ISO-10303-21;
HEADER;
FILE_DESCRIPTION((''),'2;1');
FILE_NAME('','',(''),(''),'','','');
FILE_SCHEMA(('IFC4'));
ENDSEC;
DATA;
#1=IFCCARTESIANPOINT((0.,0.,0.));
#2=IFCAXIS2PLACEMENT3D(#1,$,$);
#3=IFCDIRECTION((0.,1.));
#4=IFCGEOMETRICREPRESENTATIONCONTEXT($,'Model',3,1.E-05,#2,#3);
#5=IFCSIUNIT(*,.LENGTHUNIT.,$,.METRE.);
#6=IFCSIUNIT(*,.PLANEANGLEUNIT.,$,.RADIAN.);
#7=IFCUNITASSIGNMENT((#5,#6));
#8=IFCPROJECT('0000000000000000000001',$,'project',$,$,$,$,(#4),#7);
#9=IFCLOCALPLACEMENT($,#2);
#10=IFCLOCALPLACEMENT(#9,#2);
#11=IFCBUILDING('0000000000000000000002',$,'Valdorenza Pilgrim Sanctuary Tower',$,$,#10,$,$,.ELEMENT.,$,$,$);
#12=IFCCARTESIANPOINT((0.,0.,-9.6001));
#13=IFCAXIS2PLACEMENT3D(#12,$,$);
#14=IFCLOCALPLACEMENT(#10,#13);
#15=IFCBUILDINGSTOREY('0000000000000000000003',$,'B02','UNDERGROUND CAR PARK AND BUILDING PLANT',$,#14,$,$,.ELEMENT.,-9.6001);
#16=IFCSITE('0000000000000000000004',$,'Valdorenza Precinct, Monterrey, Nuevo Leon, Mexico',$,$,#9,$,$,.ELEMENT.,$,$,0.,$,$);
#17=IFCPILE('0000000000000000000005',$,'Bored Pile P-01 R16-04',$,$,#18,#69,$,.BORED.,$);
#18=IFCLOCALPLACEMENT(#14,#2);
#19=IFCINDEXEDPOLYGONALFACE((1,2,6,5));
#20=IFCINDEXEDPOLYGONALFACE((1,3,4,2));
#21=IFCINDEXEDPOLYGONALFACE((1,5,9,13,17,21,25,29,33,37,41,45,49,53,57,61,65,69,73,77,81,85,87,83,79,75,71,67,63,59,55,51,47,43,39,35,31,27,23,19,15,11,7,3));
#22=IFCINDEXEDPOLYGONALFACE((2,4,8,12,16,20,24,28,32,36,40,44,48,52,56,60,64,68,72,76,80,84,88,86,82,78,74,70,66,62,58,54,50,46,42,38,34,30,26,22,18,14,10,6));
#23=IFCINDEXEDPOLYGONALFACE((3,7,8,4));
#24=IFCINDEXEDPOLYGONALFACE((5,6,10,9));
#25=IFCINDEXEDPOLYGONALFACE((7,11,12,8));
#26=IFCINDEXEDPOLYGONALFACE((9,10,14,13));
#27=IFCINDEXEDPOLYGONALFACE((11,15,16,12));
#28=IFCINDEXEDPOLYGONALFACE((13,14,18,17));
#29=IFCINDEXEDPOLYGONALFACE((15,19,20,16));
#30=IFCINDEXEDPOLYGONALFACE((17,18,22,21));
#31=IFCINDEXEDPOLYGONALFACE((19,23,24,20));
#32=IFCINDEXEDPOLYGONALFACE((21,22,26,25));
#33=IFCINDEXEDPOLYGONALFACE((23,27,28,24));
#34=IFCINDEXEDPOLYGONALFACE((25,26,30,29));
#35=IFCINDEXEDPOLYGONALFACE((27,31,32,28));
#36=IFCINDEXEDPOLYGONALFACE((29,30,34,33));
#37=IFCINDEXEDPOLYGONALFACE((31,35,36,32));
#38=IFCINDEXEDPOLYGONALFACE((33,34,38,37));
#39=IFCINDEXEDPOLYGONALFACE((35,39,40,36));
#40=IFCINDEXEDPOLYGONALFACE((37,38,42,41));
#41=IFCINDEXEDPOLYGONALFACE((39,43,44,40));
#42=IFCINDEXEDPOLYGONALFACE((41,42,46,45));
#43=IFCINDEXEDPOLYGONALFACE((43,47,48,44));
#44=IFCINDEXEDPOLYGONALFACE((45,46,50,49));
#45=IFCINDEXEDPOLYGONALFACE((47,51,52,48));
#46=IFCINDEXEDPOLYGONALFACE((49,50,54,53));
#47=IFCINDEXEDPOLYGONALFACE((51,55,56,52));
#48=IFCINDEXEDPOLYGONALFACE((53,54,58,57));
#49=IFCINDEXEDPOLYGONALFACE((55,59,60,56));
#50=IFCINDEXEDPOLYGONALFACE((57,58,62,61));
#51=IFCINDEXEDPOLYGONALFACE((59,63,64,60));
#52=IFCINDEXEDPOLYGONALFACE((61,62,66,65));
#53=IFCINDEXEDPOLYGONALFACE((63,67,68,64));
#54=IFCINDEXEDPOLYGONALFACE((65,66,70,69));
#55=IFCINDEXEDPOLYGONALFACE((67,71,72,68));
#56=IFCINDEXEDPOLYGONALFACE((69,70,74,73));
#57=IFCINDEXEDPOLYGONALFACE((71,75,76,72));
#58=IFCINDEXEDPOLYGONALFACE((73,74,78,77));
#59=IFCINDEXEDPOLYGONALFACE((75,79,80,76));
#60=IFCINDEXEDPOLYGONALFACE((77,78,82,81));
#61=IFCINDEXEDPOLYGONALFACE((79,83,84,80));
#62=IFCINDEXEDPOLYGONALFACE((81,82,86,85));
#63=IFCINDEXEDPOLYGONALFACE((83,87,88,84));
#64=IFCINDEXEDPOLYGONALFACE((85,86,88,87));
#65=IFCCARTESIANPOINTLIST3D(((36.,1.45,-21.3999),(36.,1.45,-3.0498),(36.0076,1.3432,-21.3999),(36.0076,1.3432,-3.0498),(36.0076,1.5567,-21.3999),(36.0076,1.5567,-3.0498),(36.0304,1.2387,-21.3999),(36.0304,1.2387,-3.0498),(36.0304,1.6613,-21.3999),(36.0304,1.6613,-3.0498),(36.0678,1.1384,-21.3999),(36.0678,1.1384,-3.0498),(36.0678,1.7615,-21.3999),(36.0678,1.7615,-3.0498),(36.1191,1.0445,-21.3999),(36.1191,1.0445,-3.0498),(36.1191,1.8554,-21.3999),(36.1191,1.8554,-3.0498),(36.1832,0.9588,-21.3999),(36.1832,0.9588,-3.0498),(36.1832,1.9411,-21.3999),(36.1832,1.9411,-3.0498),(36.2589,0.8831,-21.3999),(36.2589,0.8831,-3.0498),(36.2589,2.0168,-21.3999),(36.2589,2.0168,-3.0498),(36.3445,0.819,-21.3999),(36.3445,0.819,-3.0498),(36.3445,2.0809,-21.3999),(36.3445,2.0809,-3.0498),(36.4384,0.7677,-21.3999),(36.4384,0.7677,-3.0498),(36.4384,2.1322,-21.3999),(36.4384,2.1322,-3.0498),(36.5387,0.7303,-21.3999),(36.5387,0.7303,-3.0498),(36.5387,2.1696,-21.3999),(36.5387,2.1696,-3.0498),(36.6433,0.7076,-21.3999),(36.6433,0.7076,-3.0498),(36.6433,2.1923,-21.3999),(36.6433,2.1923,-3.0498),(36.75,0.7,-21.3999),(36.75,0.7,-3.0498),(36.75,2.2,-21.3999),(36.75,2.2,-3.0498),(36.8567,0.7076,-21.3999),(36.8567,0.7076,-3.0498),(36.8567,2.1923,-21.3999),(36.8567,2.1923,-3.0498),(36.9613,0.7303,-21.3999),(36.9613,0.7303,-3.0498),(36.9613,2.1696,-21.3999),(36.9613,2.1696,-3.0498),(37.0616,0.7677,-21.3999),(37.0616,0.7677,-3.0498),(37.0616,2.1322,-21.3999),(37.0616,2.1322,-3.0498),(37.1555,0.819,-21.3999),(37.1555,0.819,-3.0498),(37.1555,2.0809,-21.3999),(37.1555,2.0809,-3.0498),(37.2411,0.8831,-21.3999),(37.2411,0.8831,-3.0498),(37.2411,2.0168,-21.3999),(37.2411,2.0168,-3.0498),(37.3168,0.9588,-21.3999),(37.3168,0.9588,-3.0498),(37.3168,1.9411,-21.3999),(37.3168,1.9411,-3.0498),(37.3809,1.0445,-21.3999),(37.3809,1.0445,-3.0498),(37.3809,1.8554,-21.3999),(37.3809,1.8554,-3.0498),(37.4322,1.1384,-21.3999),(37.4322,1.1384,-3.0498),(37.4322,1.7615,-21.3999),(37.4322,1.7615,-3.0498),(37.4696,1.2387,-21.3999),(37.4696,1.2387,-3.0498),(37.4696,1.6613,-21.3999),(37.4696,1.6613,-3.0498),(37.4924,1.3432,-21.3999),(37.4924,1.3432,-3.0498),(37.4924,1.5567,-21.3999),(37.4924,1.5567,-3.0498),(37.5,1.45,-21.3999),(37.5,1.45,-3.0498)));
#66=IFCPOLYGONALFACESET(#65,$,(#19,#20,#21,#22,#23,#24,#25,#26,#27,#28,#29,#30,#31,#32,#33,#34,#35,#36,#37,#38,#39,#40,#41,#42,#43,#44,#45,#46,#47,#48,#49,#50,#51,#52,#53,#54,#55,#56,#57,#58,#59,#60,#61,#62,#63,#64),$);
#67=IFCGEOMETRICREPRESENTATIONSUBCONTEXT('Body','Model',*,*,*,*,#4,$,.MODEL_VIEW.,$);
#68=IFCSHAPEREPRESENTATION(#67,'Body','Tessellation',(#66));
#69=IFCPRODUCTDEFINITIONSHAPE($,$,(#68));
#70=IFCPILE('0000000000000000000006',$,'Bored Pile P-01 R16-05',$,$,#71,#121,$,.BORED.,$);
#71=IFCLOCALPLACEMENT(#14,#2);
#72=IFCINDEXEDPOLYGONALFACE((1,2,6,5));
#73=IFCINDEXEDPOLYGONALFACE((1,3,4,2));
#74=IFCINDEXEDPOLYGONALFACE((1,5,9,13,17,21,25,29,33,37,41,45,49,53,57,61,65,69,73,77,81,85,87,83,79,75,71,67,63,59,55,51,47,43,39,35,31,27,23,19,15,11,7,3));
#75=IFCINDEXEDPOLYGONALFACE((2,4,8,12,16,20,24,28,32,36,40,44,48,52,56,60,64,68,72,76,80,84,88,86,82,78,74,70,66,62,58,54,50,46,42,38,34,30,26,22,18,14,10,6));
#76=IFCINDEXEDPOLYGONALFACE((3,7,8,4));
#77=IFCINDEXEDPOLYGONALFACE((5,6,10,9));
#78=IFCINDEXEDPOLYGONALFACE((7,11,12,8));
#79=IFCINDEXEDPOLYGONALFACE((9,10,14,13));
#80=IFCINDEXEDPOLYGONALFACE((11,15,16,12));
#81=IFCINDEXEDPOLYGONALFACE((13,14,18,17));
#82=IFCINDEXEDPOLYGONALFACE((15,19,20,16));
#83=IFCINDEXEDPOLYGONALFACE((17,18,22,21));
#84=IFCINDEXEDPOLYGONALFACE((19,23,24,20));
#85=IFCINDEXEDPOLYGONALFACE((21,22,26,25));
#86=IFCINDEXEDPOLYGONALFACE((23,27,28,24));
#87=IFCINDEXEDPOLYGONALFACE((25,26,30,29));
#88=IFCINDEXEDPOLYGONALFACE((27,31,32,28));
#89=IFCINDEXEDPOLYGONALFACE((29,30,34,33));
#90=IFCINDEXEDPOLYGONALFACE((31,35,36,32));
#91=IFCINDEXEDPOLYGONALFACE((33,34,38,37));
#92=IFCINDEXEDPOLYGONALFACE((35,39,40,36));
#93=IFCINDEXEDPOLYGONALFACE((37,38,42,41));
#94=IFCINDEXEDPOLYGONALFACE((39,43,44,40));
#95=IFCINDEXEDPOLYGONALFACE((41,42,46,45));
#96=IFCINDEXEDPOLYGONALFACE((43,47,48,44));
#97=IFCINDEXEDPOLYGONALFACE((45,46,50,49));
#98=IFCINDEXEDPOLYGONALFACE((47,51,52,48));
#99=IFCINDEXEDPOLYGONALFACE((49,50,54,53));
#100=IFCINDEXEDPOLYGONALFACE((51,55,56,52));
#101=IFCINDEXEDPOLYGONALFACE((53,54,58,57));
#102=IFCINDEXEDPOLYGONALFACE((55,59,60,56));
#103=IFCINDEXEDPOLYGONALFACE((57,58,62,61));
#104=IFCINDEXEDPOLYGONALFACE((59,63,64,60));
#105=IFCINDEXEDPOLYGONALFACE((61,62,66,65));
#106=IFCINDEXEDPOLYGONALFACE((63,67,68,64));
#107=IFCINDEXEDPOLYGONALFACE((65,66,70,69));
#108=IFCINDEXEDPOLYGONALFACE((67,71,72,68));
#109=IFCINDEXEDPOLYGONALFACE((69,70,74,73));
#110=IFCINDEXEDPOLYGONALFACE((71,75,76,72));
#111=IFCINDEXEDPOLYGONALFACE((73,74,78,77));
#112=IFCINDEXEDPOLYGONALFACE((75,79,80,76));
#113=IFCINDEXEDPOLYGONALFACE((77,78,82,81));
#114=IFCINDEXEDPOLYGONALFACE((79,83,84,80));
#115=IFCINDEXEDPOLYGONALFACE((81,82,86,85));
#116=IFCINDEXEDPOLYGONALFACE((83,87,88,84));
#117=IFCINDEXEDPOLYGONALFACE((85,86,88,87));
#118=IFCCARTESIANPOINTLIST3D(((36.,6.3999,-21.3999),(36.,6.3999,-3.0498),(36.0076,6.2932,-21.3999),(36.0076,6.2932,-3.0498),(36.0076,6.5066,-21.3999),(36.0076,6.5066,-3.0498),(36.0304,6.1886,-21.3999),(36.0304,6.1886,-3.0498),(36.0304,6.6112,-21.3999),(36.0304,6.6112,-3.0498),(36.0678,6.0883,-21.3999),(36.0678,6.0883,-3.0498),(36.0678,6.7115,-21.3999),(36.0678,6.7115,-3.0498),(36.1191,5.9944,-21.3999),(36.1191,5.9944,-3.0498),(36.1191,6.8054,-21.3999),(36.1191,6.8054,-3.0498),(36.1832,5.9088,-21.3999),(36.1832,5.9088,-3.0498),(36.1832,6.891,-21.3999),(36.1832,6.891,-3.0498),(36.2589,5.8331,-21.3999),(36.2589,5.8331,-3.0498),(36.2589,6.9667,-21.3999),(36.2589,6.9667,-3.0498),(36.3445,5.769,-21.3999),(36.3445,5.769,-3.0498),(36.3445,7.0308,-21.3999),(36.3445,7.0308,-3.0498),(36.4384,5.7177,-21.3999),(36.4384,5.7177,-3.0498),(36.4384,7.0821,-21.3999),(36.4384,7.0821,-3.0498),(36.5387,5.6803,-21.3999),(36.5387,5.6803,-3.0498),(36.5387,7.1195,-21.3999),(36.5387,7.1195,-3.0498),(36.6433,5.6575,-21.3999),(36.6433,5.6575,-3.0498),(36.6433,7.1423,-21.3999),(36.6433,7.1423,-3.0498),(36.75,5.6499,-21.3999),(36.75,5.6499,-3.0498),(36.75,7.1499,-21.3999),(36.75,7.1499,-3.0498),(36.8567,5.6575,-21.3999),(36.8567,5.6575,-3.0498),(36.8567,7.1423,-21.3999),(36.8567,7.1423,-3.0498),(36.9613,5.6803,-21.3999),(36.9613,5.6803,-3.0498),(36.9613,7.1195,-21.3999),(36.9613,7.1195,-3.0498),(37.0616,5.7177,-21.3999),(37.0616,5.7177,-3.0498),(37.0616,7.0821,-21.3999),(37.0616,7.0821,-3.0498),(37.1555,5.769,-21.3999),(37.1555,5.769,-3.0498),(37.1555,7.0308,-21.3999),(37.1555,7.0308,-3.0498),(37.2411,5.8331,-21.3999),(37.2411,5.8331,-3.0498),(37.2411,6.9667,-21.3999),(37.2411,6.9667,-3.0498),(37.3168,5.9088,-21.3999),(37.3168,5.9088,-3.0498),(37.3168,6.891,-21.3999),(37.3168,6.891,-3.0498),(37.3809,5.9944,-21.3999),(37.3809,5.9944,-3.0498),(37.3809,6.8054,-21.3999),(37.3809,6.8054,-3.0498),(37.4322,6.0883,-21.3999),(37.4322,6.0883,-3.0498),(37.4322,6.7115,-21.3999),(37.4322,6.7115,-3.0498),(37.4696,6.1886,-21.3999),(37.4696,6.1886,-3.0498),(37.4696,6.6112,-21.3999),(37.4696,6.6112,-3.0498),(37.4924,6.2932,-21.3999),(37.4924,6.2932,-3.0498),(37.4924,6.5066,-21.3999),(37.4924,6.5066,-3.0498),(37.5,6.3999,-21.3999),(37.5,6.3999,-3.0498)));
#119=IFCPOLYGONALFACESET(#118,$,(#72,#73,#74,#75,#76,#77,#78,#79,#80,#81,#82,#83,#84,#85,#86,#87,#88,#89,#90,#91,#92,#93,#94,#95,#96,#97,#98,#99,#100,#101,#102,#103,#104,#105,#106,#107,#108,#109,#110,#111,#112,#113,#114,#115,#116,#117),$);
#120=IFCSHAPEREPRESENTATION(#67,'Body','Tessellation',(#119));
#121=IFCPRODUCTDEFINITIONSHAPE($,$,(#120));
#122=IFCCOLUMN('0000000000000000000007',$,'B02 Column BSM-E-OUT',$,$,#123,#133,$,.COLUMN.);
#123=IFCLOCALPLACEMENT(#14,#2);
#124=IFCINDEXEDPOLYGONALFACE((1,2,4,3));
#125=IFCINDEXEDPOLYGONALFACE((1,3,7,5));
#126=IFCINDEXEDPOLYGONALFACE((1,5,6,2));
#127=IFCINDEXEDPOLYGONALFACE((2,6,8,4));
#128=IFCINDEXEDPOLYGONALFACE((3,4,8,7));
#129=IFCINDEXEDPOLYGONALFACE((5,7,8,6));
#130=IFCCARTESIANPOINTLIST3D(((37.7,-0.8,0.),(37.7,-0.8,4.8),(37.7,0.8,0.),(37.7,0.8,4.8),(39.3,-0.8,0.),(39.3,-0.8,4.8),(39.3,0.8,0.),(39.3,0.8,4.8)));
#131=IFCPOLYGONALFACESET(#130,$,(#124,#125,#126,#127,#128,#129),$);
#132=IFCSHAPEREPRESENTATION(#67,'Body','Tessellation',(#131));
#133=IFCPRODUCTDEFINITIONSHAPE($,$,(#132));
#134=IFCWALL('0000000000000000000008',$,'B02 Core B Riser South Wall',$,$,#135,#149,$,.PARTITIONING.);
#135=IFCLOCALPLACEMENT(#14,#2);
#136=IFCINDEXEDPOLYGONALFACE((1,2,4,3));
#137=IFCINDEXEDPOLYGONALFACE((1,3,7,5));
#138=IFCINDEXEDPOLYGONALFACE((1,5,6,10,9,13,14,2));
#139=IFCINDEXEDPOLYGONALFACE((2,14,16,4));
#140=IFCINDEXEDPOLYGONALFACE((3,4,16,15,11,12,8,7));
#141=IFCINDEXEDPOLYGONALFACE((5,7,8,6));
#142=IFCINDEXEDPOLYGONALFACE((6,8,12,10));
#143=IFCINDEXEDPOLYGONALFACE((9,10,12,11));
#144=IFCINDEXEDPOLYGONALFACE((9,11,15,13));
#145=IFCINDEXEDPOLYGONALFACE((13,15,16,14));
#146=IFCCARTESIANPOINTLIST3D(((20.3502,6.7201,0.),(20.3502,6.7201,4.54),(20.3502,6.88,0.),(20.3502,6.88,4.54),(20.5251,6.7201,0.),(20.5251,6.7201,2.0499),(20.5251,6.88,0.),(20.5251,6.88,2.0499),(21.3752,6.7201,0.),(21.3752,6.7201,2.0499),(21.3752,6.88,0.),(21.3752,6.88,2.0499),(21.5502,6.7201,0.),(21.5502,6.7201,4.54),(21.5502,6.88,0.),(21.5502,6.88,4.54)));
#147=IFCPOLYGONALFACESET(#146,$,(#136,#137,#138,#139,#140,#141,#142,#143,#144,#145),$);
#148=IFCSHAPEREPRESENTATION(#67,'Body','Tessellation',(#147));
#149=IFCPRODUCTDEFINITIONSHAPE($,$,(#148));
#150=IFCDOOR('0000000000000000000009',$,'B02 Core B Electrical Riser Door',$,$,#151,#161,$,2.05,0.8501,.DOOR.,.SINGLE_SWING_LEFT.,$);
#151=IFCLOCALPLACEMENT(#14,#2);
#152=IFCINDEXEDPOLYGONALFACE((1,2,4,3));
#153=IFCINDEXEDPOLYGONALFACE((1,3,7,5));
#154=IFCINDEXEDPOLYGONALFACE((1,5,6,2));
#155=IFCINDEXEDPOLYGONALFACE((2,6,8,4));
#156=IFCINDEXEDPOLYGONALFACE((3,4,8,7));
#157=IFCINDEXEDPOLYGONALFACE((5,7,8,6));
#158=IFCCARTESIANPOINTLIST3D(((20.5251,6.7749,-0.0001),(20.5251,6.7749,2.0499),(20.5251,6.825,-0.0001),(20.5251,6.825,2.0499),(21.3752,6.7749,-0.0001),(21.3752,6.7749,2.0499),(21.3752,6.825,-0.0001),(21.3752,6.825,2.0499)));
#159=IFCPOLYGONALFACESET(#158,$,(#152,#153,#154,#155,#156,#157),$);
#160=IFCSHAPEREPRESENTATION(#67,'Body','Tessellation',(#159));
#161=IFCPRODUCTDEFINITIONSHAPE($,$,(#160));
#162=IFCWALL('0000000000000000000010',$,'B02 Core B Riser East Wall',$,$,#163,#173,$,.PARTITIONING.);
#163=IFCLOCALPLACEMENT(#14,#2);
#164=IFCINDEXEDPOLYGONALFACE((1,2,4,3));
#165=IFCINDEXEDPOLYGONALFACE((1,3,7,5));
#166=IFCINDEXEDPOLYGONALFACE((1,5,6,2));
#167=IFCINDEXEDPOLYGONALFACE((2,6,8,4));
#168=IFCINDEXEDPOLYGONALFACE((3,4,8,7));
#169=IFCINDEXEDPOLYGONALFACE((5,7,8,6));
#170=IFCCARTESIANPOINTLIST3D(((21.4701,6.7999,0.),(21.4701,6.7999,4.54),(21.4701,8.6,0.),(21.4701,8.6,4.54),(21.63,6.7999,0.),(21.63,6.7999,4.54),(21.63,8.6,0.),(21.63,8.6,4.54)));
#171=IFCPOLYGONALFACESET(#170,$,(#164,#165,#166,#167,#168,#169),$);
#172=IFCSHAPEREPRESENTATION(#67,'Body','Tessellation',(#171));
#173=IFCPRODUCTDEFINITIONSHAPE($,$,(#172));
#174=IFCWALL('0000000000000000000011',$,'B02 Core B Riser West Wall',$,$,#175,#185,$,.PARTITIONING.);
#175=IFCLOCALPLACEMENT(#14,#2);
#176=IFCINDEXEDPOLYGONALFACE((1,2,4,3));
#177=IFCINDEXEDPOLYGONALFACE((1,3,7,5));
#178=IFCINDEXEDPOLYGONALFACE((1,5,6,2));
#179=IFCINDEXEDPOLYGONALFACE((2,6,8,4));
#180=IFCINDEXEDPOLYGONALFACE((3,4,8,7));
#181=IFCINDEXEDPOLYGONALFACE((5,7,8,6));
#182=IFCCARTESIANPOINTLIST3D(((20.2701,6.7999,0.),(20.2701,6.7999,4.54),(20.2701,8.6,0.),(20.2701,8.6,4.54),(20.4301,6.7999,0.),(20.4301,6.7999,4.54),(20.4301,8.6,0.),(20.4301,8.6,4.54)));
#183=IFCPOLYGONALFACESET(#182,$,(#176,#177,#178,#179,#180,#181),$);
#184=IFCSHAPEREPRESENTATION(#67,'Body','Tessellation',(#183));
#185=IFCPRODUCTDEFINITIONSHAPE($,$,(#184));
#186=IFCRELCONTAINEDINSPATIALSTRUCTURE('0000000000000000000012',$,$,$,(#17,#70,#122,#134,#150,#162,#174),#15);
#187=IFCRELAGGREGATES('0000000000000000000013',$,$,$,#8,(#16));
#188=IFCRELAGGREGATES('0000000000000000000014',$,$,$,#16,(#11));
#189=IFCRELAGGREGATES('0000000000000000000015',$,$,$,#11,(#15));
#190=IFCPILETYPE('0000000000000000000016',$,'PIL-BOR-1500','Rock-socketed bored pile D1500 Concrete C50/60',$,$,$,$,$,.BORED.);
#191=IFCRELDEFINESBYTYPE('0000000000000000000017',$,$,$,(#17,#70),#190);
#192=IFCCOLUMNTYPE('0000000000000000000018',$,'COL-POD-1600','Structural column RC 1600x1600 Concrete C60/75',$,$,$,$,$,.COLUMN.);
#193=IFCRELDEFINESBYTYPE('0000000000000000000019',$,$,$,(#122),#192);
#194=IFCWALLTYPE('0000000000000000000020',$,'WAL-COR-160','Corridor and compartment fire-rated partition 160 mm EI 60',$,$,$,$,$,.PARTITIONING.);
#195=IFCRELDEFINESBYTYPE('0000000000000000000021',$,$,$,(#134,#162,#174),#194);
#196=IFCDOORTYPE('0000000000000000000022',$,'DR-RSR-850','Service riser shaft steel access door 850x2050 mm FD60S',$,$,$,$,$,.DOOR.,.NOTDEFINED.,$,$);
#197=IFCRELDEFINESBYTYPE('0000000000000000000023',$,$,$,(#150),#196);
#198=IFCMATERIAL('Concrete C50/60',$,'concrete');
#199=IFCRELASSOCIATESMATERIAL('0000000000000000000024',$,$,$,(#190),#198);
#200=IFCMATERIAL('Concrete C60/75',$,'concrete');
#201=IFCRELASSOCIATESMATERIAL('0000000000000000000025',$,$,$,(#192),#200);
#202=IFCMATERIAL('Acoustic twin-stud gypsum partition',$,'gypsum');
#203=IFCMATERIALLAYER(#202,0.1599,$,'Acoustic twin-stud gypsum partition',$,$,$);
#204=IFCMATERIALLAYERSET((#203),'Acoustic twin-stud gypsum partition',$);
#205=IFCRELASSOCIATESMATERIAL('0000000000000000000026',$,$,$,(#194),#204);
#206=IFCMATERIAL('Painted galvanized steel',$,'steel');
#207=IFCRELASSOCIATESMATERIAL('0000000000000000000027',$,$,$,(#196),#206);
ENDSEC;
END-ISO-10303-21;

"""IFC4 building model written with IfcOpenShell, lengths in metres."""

from ifc_helpers import new_model, si_unit, direction, frame, frame_2d, origin, origin_2d, place, context, subcontext, project, spatial, rectangle, circle, extrude, source, transform, mapped, material, layer, layer_set, material_profile, profile_set, type_object, element, fill, save


model = new_model("IFC4")

# Units and contexts
model_context = context("Model", 3, precision=1e-05, world=origin(), true_north=direction((0.0, 1.0)))
body_context = subcontext(model_context, "Body", "Model", "MODEL_VIEW")
ifc_project = project(units=[si_unit("LENGTHUNIT", "METRE"), si_unit("PLANEANGLEUNIT", "RADIAN")], contexts=[model_context])

# Site, building, storey
site_placement = place(None, origin())
site = spatial("IfcSite", under=ifc_project, at=site_placement, Name="Valdorenza Precinct, Monterrey, Nuevo Leon, Mexico", CompositionType="ELEMENT", RefElevation=0.0)
building_placement = place(site_placement, origin())
building = spatial("IfcBuilding", under=site, at=building_placement, Name="Valdorenza Pilgrim Sanctuary Tower", CompositionType="ELEMENT")
storey_placement = place(building_placement, frame((0.0, 0.0, -9.6001)))
storey = spatial("IfcBuildingStorey", under=building, at=storey_placement, Name="B02", Description="UNDERGROUND CAR PARK AND BUILDING PLANT", CompositionType="ELEMENT", Elevation=-9.6001)

# Piles
ifc_material_1 = material(Name="Concrete C50/60", Category="concrete")
ifc_material_profile_1 = material_profile(ifc_material_1, circle(Radius=0.75, at=origin_2d()), Name="BORED PILE 1500")
ifc_profile_set_1 = profile_set([ifc_material_profile_1], Name="Concrete C50/60")
pile_type = type_object("IfcPileType", Name="PIL-BOR-1500", Description="Rock-socketed bored pile D1500 Concrete C50/60", PredefinedType="BORED", material=ifc_profile_set_1)
shared_shape_1 = source(origin(), body_context, "Body", "SweptSolid", [
    extrude(circle(Radius=0.75, at=origin_2d()), origin(), (0.0, 0.0, 1.0), 18.3501),
])
for number, where, z_axis, x_axis, name in (
    (1, (36.75, 1.45, -3.0498), (0.0, 0.0, -1.0), (1.0, 0.0, 0.0), "Bored Pile P-01 R16-04"),
    (2, (36.75, 6.3999, -3.0498), (0.0, 0.0, -1.0), (1.0, 0.0, 0.0), "Bored Pile P-01 R16-05"),
):
    element("IfcPile", number, at=place(storey_placement, frame(where, z_axis=z_axis, x_axis=x_axis)), inside=storey, type_object=pile_type, Name=name, PredefinedType="BORED", context=body_context, shape_type="MappedRepresentation", body=[
        mapped(shared_shape_1, transform((0.0, 0.0, 0.0), x_axis=(1.0, 0.0, 0.0), y_axis=(0.0, 1.0, 0.0), z_axis=(0.0, 0.0, 1.0), scale=1.0)),
    ])

# Column
ifc_material_2 = material(Name="Concrete C60/75", Category="concrete")
ifc_material_profile_2 = material_profile(ifc_material_2, rectangle(XDim=1.6001, YDim=1.6001, at=origin_2d()), Name="RC 1600x1600")
ifc_profile_set_2 = profile_set([ifc_material_profile_2], Name="Concrete C60/75")
column_type = type_object("IfcColumnType", Name="COL-POD-1600", Description="Structural column RC 1600x1600 Concrete C60/75", PredefinedType="COLUMN", material=ifc_profile_set_2)
shared_shape_2 = source(origin(), body_context, "Body", "SweptSolid", [
    extrude(rectangle(XDim=1.6001, YDim=1.6001, at=origin_2d()), origin(), (0.0, 0.0, 1.0), 4.8),
])
column_placement = place(storey_placement, frame((38.5, 0.0, 0.0), z_axis=(0.0, 0.0, 1.0), x_axis=(1.0, 0.0, 0.0)))
element("IfcColumn", 3, at=column_placement, inside=storey, type_object=column_type, Name="B02 Column BSM-E-OUT", PredefinedType="COLUMN", context=body_context, shape_type="MappedRepresentation", body=[
    mapped(shared_shape_2, transform((0.0, 0.0, 0.0), x_axis=(1.0, 0.0, 0.0), y_axis=(0.0, 1.0, 0.0), z_axis=(0.0, 0.0, 1.0), scale=1.0)),
])

# Wall, opening, door
ifc_material_3 = material(Name="Acoustic twin-stud gypsum partition", Category="gypsum")
ifc_layer_1 = layer(ifc_material_3, 0.1599, Name="Acoustic twin-stud gypsum partition")
ifc_layer_set_1 = layer_set([ifc_layer_1], Name="Acoustic twin-stud gypsum partition")
wall_type_1 = type_object("IfcWallType", Name="WAL-COR-160", Description="Corridor and compartment fire-rated partition 160 mm EI 60", PredefinedType="PARTITIONING", material=ifc_layer_set_1)
wall_1_placement = place(storey_placement, frame((20.3501, 6.8, 0.0), z_axis=(0.0, 0.0, 1.0), x_axis=(1.0, 0.0, 0.0)))
wall_1 = element("IfcWall", 4, at=wall_1_placement, inside=storey, type_object=wall_type_1, Name="B02 Core B Riser South Wall", PredefinedType="PARTITIONING", context=body_context, shape_type="SweptSolid", body=[
    extrude(rectangle(XDim=1.2, YDim=0.1599, at=frame_2d((0.6001, 0.0))), origin(), (0.0, 0.0, 1.0), 4.54),
])
opening_placement = place(wall_1_placement, frame((0.175, 0.0, 0.0)))
opening = element("IfcOpeningElement", 5, at=opening_placement, cuts=wall_1, PredefinedType="OPENING", context=body_context, shape_type="SweptSolid", body=[
    extrude(rectangle(XDim=0.8501, YDim=2.05, at=frame_2d((0.425, 1.0249))), frame((0.0, 0.0947, 0.0), z_axis=(0.0, -1.0, 0.0), x_axis=(1.0, 0.0, 0.0)), (0.0, 0.0, 1.0), 0.1897),
])
ifc_material_4 = material(Name="Painted galvanized steel", Category="steel")
door_type = type_object("IfcDoorType", Name="DR-RSR-850", Description="Service riser shaft steel access door 850x2050 mm FD60S", OperationType="NOTDEFINED", PredefinedType="DOOR", material=ifc_material_4)
door_placement = place(opening_placement, origin())
door = element("IfcDoor", 6, at=door_placement, inside=storey, type_object=door_type, Name="B02 Core B Electrical Riser Door", OperationType="SINGLE_SWING_LEFT", OverallHeight=2.05, OverallWidth=0.8501, PredefinedType="DOOR", context=body_context, shape_type="SweptSolid", body=[
    extrude(rectangle(XDim=0.8501, YDim=2.05, at=frame_2d((0.425, 1.0249))), frame((0.0, 0.0249, 0.0), z_axis=(0.0, -1.0, 0.0), x_axis=(1.0, 0.0, 0.0)), (0.0, 0.0, 1.0), 0.05),
])
fill(opening, door)

# Walls
for number, where, z_axis, x_axis, name in (
    (7, (21.55, 6.8, 0.0), (0.0, 0.0, 1.0), (0.0, 1.0, 0.0), "B02 Core B Riser East Wall"),
    (8, (20.3501, 6.8, 0.0), (0.0, 0.0, 1.0), (0.0, 1.0, 0.0), "B02 Core B Riser West Wall"),
):
    element("IfcWall", number, at=place(storey_placement, frame(where, z_axis=z_axis, x_axis=x_axis)), inside=storey, type_object=wall_type_1, Name=name, PredefinedType="PARTITIONING", context=body_context, shape_type="SweptSolid", body=[
        extrude(rectangle(XDim=1.8, YDim=0.1599, at=frame_2d((0.8999, 0.0))), origin(), (0.0, 0.0, 1.0), 4.54),
    ])

save(model, "model.ifc")
